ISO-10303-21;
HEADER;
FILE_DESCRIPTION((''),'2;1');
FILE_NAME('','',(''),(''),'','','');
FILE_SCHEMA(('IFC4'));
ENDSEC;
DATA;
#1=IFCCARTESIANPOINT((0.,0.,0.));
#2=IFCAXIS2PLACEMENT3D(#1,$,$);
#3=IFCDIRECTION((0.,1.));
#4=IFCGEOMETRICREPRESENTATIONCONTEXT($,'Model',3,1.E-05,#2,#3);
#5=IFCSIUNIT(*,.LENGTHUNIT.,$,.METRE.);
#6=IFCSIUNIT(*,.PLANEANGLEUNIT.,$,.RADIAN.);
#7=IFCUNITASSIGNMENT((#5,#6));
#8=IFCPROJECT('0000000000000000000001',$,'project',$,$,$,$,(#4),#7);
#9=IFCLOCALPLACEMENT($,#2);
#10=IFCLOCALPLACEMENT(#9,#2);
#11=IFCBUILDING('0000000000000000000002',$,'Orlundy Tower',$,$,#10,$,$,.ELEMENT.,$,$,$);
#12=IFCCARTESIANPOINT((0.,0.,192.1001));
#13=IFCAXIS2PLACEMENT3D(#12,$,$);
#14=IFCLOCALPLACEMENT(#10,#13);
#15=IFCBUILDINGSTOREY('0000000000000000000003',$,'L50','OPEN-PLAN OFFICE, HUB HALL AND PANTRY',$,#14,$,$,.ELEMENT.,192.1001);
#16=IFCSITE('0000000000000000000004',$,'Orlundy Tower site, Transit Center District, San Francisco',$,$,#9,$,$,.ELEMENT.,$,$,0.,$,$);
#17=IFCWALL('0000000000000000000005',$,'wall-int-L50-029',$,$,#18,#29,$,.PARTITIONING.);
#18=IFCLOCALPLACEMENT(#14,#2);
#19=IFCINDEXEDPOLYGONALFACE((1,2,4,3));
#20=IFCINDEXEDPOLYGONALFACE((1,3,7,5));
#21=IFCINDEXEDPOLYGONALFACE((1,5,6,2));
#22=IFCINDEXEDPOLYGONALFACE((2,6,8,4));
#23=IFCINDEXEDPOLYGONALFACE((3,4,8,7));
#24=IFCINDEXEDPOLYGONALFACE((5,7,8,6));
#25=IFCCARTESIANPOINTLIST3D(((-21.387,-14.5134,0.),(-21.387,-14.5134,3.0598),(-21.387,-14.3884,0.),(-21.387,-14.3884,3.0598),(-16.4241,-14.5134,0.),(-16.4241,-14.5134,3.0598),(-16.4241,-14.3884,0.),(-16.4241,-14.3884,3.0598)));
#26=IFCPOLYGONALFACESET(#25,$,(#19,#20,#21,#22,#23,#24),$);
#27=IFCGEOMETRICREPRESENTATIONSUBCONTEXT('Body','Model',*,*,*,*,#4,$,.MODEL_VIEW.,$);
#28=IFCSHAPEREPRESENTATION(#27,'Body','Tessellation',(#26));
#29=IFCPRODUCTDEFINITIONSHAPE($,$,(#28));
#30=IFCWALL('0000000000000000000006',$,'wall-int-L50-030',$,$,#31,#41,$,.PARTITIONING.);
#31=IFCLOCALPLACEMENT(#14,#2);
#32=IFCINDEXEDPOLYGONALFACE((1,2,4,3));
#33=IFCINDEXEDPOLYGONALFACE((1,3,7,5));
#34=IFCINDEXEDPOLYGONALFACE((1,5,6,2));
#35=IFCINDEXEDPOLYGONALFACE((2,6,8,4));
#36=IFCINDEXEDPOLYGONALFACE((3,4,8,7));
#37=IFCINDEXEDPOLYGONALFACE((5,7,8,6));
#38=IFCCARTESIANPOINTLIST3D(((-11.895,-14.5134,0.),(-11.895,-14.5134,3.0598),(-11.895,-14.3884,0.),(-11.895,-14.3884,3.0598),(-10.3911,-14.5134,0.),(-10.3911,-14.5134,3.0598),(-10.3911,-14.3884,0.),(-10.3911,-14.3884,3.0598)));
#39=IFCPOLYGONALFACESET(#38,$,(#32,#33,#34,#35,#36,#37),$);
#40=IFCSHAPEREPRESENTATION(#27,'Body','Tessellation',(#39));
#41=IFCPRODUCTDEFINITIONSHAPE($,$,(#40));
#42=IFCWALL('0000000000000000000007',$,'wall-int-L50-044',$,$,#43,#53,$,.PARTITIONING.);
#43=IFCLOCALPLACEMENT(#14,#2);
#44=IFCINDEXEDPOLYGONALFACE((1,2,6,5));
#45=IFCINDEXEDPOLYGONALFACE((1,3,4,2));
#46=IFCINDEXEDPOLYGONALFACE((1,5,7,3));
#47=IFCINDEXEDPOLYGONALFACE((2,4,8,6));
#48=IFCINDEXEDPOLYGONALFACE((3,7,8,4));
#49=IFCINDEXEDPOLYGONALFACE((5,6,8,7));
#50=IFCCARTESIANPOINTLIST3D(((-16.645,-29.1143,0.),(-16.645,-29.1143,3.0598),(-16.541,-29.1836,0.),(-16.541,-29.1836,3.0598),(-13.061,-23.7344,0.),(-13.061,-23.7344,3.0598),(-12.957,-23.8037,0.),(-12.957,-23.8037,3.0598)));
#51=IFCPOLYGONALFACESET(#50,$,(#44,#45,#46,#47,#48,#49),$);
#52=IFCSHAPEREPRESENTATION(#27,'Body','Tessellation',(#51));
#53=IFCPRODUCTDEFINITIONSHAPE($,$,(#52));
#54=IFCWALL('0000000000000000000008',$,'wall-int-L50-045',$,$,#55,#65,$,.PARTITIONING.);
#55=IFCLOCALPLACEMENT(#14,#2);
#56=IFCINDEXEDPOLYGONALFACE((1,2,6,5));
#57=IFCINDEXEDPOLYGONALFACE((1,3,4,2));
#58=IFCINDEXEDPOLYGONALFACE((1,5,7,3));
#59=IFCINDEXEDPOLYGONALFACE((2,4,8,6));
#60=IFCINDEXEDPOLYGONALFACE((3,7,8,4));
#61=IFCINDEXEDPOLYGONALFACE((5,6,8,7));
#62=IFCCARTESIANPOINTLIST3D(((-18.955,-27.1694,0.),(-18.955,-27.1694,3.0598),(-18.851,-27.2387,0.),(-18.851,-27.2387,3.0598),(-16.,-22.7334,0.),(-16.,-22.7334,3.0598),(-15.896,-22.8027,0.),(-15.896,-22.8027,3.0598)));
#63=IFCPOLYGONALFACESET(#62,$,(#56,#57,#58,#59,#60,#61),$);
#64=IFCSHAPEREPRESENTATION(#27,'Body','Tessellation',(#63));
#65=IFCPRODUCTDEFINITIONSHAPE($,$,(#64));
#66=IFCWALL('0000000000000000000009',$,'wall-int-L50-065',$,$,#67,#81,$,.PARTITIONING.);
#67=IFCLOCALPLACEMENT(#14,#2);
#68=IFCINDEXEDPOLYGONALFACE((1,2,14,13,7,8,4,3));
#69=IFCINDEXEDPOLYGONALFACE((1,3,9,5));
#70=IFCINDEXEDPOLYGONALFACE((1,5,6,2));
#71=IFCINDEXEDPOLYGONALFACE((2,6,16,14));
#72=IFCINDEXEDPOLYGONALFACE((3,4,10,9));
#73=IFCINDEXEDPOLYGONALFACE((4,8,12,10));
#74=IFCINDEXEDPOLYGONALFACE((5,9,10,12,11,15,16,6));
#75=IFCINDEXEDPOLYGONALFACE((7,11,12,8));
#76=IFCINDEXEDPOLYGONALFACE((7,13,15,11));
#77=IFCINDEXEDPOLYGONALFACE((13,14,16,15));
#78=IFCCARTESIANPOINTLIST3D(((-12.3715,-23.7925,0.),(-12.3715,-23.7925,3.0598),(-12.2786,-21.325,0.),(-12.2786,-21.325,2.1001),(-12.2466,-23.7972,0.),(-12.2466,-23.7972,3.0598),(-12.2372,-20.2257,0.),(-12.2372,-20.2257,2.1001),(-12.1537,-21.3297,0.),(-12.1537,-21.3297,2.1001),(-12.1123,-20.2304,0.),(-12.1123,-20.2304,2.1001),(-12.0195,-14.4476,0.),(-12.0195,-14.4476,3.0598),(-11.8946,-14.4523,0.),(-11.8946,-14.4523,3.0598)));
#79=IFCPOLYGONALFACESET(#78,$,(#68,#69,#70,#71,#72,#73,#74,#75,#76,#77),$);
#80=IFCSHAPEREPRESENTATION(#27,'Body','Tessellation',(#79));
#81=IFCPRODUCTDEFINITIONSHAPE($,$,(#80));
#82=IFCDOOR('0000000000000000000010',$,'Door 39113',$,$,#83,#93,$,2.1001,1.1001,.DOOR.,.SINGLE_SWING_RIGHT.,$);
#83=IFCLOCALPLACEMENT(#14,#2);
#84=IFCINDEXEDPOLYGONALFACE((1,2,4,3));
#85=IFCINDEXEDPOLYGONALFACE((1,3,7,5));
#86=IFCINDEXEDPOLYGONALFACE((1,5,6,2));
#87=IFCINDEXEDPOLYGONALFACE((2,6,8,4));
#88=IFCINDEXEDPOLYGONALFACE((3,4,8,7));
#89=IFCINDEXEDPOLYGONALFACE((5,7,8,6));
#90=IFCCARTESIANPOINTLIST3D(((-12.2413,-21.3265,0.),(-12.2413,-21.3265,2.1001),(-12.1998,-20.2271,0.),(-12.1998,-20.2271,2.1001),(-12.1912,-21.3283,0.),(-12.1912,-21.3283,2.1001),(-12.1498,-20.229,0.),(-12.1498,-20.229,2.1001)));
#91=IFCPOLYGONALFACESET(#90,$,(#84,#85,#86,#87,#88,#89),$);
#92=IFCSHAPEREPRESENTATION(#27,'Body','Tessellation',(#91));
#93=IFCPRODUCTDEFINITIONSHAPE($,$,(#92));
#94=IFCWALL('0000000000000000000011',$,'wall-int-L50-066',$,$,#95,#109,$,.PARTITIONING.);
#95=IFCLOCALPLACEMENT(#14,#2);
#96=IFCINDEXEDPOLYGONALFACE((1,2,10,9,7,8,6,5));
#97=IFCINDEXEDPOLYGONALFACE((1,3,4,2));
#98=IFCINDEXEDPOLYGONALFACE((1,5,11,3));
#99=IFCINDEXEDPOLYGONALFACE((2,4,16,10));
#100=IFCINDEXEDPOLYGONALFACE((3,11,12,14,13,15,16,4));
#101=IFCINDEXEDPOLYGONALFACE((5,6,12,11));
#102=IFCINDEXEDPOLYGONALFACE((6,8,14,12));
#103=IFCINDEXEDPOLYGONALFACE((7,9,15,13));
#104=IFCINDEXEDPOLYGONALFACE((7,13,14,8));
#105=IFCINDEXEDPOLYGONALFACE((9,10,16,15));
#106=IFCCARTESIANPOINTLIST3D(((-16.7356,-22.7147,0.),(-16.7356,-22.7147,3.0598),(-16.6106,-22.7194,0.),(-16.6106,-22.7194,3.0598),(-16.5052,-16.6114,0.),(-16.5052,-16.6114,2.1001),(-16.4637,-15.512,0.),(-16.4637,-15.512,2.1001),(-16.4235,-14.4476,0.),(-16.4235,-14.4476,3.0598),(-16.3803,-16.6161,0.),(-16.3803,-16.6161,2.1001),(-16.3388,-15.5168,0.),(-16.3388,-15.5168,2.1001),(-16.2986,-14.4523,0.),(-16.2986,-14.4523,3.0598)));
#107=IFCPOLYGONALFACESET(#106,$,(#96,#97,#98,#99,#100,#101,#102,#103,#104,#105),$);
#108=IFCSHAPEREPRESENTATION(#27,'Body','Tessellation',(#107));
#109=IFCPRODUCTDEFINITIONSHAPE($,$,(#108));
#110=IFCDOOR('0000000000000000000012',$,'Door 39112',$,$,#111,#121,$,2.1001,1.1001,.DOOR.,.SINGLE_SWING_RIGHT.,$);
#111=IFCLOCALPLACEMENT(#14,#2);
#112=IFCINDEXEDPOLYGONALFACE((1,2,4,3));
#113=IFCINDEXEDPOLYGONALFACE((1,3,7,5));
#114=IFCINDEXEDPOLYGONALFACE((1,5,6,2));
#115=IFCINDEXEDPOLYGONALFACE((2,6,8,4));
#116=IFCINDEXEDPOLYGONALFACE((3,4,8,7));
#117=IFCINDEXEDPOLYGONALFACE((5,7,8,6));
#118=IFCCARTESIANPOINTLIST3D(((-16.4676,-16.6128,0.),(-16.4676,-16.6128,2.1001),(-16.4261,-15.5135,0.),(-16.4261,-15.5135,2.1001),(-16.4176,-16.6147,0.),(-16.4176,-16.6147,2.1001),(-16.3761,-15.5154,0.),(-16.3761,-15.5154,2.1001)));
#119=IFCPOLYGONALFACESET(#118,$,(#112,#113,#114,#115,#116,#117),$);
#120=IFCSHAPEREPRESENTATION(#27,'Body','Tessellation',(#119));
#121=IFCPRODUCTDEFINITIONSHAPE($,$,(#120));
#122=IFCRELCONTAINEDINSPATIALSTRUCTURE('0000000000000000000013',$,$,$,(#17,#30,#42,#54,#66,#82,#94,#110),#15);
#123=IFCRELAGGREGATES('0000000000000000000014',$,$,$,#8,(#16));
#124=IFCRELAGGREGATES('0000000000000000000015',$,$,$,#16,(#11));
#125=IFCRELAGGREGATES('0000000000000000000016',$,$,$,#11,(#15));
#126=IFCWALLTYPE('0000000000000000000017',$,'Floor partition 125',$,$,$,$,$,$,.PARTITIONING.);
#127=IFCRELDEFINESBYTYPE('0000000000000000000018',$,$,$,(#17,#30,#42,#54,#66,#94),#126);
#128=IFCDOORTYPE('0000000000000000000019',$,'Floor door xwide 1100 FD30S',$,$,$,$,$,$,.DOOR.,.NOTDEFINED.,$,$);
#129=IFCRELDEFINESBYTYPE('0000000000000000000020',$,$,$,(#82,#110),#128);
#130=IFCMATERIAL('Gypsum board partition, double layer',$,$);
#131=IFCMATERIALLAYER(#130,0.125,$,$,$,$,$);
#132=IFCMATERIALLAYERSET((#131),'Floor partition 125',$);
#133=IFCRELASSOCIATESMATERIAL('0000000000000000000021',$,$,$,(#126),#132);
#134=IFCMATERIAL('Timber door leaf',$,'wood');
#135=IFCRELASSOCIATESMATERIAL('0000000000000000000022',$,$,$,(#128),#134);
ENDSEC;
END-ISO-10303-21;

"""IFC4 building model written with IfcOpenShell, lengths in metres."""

from ifc_helpers import new_model, si_unit, direction, frame, frame_2d, origin, place, context, subcontext, project, spatial, rectangle, extrude, material, layer, layer_set, type_object, element, fill, save


model = new_model("IFC4")

# Units and contexts
model_context = context("Model", 3, precision=1e-05, world=origin(), true_north=direction((0.0, 1.0)))
body_context = subcontext(model_context, "Body", "Model", "MODEL_VIEW")
ifc_project = project(units=[si_unit("LENGTHUNIT", "METRE"), si_unit("PLANEANGLEUNIT", "RADIAN")], contexts=[model_context])

# Site, building, storey
site_placement = place(None, origin())
site = spatial("IfcSite", under=ifc_project, at=site_placement, Name="Orlundy Tower site, Transit Center District, San Francisco", CompositionType="ELEMENT", RefElevation=0.0)
building_placement = place(site_placement, origin())
building = spatial("IfcBuilding", under=site, at=building_placement, Name="Orlundy Tower", CompositionType="ELEMENT")
storey_placement = place(building_placement, frame((0.0, 0.0, 192.1001)))
storey = spatial("IfcBuildingStorey", under=building, at=storey_placement, Name="L50", Description="OPEN-PLAN OFFICE, HUB HALL AND PANTRY", CompositionType="ELEMENT", Elevation=192.1001)

# Walls
ifc_material_1 = material(Name="Gypsum board partition, double layer")
ifc_layer_1 = layer(ifc_material_1, 0.125)
ifc_layer_set_1 = layer_set([ifc_layer_1], Name="Floor partition 125")
wall_type_1 = type_object("IfcWallType", Name="Floor partition 125", PredefinedType="PARTITIONING", material=ifc_layer_set_1)
wall_1_placement = place(storey_placement, frame((-21.387, -14.4509, 0.0), z_axis=(0.0, 0.0, 1.0), x_axis=(1.0, 0.0, 0.0)))
element("IfcWall", 1, at=wall_1_placement, inside=storey, type_object=wall_type_1, Name="wall-int-L50-029", PredefinedType="PARTITIONING", context=body_context, shape_type="SweptSolid", body=[
    extrude(rectangle(XDim=4.9629, YDim=0.125, at=frame_2d((2.4814, 0.0))), origin(), (0.0, 0.0, 1.0), 3.0598),
])
wall_2_placement = place(storey_placement, frame((-11.895, -14.4509, 0.0), z_axis=(0.0, 0.0, 1.0), x_axis=(1.0, 0.0, 0.0)))
element("IfcWall", 2, at=wall_2_placement, inside=storey, type_object=wall_type_1, Name="wall-int-L50-030", PredefinedType="PARTITIONING", context=body_context, shape_type="SweptSolid", body=[
    extrude(rectangle(XDim=1.5039, YDim=0.125, at=frame_2d((0.752, 0.0))), origin(), (0.0, 0.0, 1.0), 3.0598),
])
wall_3_placement = place(storey_placement, frame((-13.009, -23.769, 0.0), z_axis=(0.0, 0.0, 1.0), x_axis=(-0.554421, -0.832236, 0.0)))
element("IfcWall", 3, at=wall_3_placement, inside=storey, type_object=wall_type_1, Name="wall-int-L50-044", PredefinedType="PARTITIONING", context=body_context, shape_type="SweptSolid", body=[
    extrude(rectangle(XDim=6.4644, YDim=0.125, at=frame_2d((3.2322, 0.0))), origin(), (0.0, 0.0, 1.0), 3.0598),
])
wall_4_placement = place(storey_placement, frame((-15.948, -22.7681, 0.0), z_axis=(0.0, 0.0, 1.0), x_axis=(-0.554404, -0.832248, 0.0)))
element("IfcWall", 4, at=wall_4_placement, inside=storey, type_object=wall_type_1, Name="wall-int-L50-045", PredefinedType="PARTITIONING", context=body_context, shape_type="SweptSolid", body=[
    extrude(rectangle(XDim=5.3301, YDim=0.125, at=frame_2d((2.665, 0.0))), origin(), (0.0, 0.0, 1.0), 3.0598),
])

# Walls, openings, doors
wall_5_placement = place(storey_placement, frame((-11.957, -14.45, 0.0), z_axis=(0.0, 0.0, 1.0), x_axis=(-0.037646, -0.999291, 0.0)))
wall_5 = element("IfcWall", 5, at=wall_5_placement, inside=storey, type_object=wall_type_1, Name="wall-int-L50-065", PredefinedType="PARTITIONING", context=body_context, shape_type="SweptSolid", body=[
    extrude(rectangle(XDim=9.3516, YDim=0.125, at=frame_2d((4.6758, 0.0))), origin(), (0.0, 0.0, 1.0), 3.0598),
])
opening_1_placement = place(wall_5_placement, frame((5.7822, 0.0, 0.0)))
opening_1 = element("IfcOpeningElement", 6, at=opening_1_placement, cuts=wall_5, PredefinedType="OPENING", context=body_context, shape_type="SweptSolid", body=[
    extrude(rectangle(XDim=1.1001, YDim=2.1001, at=frame_2d((0.55, 1.05))), frame((0.0, 0.0725, 0.0), z_axis=(0.0, -1.0, 0.0), x_axis=(1.0, 0.0, 0.0)), (0.0, 0.0, 1.0), 0.145),
])
ifc_material_2 = material(Name="Timber door leaf", Category="wood")
door_type_1 = type_object("IfcDoorType", Name="Floor door xwide 1100 FD30S", OperationType="NOTDEFINED", PredefinedType="DOOR", material=ifc_material_2)
door_1_placement = place(opening_1_placement, origin())
door_1 = element("IfcDoor", 7, at=door_1_placement, inside=storey, type_object=door_type_1, Name="Door 39113", OperationType="SINGLE_SWING_RIGHT", OverallHeight=2.1001, OverallWidth=1.1001, PredefinedType="DOOR", context=body_context, shape_type="SweptSolid", body=[
    extrude(rectangle(XDim=1.1001, YDim=2.1001, at=frame_2d((0.55, 1.05))), frame((0.0, 0.0249, 0.0), z_axis=(0.0, -1.0, 0.0), x_axis=(1.0, 0.0, 0.0)), (0.0, 0.0, 1.0), 0.05),
])
fill(opening_1, door_1)
wall_6_placement = place(storey_placement, frame((-16.6731, -22.717, 0.0), z_axis=(0.0, 0.0, 1.0), x_axis=(0.037715, 0.999289, 0.0)))
wall_6 = element("IfcWall", 8, at=wall_6_placement, inside=storey, type_object=wall_type_1, Name="wall-int-L50-066", PredefinedType="PARTITIONING", context=body_context, shape_type="SweptSolid", body=[
    extrude(rectangle(XDim=8.2729, YDim=0.125, at=frame_2d((4.1365, 0.0))), origin(), (0.0, 0.0, 1.0), 3.0598),
])
opening_2_placement = place(wall_6_placement, frame((6.1077, 0.0, 0.0)))
opening_2 = element("IfcOpeningElement", 9, at=opening_2_placement, cuts=wall_6, PredefinedType="OPENING", context=body_context, shape_type="SweptSolid", body=[
    extrude(rectangle(XDim=1.1001, YDim=2.1001, at=frame_2d((0.55, 1.05))), frame((0.0, 0.0725, 0.0), z_axis=(0.0, -1.0, 0.0), x_axis=(1.0, 0.0, 0.0)), (0.0, 0.0, 1.0), 0.145),
])
door_2_placement = place(opening_2_placement, origin())
door_2 = element("IfcDoor", 10, at=door_2_placement, inside=storey, type_object=door_type_1, Name="Door 39112", OperationType="SINGLE_SWING_RIGHT", OverallHeight=2.1001, OverallWidth=1.1001, PredefinedType="DOOR", context=body_context, shape_type="SweptSolid", body=[
    extrude(rectangle(XDim=1.1001, YDim=2.1001, at=frame_2d((0.55, 1.05))), frame((0.0, 0.0249, 0.0), z_axis=(0.0, -1.0, 0.0), x_axis=(1.0, 0.0, 0.0)), (0.0, 0.0, 1.0), 0.05),
])
fill(opening_2, door_2)

save(model, "model.ifc")
